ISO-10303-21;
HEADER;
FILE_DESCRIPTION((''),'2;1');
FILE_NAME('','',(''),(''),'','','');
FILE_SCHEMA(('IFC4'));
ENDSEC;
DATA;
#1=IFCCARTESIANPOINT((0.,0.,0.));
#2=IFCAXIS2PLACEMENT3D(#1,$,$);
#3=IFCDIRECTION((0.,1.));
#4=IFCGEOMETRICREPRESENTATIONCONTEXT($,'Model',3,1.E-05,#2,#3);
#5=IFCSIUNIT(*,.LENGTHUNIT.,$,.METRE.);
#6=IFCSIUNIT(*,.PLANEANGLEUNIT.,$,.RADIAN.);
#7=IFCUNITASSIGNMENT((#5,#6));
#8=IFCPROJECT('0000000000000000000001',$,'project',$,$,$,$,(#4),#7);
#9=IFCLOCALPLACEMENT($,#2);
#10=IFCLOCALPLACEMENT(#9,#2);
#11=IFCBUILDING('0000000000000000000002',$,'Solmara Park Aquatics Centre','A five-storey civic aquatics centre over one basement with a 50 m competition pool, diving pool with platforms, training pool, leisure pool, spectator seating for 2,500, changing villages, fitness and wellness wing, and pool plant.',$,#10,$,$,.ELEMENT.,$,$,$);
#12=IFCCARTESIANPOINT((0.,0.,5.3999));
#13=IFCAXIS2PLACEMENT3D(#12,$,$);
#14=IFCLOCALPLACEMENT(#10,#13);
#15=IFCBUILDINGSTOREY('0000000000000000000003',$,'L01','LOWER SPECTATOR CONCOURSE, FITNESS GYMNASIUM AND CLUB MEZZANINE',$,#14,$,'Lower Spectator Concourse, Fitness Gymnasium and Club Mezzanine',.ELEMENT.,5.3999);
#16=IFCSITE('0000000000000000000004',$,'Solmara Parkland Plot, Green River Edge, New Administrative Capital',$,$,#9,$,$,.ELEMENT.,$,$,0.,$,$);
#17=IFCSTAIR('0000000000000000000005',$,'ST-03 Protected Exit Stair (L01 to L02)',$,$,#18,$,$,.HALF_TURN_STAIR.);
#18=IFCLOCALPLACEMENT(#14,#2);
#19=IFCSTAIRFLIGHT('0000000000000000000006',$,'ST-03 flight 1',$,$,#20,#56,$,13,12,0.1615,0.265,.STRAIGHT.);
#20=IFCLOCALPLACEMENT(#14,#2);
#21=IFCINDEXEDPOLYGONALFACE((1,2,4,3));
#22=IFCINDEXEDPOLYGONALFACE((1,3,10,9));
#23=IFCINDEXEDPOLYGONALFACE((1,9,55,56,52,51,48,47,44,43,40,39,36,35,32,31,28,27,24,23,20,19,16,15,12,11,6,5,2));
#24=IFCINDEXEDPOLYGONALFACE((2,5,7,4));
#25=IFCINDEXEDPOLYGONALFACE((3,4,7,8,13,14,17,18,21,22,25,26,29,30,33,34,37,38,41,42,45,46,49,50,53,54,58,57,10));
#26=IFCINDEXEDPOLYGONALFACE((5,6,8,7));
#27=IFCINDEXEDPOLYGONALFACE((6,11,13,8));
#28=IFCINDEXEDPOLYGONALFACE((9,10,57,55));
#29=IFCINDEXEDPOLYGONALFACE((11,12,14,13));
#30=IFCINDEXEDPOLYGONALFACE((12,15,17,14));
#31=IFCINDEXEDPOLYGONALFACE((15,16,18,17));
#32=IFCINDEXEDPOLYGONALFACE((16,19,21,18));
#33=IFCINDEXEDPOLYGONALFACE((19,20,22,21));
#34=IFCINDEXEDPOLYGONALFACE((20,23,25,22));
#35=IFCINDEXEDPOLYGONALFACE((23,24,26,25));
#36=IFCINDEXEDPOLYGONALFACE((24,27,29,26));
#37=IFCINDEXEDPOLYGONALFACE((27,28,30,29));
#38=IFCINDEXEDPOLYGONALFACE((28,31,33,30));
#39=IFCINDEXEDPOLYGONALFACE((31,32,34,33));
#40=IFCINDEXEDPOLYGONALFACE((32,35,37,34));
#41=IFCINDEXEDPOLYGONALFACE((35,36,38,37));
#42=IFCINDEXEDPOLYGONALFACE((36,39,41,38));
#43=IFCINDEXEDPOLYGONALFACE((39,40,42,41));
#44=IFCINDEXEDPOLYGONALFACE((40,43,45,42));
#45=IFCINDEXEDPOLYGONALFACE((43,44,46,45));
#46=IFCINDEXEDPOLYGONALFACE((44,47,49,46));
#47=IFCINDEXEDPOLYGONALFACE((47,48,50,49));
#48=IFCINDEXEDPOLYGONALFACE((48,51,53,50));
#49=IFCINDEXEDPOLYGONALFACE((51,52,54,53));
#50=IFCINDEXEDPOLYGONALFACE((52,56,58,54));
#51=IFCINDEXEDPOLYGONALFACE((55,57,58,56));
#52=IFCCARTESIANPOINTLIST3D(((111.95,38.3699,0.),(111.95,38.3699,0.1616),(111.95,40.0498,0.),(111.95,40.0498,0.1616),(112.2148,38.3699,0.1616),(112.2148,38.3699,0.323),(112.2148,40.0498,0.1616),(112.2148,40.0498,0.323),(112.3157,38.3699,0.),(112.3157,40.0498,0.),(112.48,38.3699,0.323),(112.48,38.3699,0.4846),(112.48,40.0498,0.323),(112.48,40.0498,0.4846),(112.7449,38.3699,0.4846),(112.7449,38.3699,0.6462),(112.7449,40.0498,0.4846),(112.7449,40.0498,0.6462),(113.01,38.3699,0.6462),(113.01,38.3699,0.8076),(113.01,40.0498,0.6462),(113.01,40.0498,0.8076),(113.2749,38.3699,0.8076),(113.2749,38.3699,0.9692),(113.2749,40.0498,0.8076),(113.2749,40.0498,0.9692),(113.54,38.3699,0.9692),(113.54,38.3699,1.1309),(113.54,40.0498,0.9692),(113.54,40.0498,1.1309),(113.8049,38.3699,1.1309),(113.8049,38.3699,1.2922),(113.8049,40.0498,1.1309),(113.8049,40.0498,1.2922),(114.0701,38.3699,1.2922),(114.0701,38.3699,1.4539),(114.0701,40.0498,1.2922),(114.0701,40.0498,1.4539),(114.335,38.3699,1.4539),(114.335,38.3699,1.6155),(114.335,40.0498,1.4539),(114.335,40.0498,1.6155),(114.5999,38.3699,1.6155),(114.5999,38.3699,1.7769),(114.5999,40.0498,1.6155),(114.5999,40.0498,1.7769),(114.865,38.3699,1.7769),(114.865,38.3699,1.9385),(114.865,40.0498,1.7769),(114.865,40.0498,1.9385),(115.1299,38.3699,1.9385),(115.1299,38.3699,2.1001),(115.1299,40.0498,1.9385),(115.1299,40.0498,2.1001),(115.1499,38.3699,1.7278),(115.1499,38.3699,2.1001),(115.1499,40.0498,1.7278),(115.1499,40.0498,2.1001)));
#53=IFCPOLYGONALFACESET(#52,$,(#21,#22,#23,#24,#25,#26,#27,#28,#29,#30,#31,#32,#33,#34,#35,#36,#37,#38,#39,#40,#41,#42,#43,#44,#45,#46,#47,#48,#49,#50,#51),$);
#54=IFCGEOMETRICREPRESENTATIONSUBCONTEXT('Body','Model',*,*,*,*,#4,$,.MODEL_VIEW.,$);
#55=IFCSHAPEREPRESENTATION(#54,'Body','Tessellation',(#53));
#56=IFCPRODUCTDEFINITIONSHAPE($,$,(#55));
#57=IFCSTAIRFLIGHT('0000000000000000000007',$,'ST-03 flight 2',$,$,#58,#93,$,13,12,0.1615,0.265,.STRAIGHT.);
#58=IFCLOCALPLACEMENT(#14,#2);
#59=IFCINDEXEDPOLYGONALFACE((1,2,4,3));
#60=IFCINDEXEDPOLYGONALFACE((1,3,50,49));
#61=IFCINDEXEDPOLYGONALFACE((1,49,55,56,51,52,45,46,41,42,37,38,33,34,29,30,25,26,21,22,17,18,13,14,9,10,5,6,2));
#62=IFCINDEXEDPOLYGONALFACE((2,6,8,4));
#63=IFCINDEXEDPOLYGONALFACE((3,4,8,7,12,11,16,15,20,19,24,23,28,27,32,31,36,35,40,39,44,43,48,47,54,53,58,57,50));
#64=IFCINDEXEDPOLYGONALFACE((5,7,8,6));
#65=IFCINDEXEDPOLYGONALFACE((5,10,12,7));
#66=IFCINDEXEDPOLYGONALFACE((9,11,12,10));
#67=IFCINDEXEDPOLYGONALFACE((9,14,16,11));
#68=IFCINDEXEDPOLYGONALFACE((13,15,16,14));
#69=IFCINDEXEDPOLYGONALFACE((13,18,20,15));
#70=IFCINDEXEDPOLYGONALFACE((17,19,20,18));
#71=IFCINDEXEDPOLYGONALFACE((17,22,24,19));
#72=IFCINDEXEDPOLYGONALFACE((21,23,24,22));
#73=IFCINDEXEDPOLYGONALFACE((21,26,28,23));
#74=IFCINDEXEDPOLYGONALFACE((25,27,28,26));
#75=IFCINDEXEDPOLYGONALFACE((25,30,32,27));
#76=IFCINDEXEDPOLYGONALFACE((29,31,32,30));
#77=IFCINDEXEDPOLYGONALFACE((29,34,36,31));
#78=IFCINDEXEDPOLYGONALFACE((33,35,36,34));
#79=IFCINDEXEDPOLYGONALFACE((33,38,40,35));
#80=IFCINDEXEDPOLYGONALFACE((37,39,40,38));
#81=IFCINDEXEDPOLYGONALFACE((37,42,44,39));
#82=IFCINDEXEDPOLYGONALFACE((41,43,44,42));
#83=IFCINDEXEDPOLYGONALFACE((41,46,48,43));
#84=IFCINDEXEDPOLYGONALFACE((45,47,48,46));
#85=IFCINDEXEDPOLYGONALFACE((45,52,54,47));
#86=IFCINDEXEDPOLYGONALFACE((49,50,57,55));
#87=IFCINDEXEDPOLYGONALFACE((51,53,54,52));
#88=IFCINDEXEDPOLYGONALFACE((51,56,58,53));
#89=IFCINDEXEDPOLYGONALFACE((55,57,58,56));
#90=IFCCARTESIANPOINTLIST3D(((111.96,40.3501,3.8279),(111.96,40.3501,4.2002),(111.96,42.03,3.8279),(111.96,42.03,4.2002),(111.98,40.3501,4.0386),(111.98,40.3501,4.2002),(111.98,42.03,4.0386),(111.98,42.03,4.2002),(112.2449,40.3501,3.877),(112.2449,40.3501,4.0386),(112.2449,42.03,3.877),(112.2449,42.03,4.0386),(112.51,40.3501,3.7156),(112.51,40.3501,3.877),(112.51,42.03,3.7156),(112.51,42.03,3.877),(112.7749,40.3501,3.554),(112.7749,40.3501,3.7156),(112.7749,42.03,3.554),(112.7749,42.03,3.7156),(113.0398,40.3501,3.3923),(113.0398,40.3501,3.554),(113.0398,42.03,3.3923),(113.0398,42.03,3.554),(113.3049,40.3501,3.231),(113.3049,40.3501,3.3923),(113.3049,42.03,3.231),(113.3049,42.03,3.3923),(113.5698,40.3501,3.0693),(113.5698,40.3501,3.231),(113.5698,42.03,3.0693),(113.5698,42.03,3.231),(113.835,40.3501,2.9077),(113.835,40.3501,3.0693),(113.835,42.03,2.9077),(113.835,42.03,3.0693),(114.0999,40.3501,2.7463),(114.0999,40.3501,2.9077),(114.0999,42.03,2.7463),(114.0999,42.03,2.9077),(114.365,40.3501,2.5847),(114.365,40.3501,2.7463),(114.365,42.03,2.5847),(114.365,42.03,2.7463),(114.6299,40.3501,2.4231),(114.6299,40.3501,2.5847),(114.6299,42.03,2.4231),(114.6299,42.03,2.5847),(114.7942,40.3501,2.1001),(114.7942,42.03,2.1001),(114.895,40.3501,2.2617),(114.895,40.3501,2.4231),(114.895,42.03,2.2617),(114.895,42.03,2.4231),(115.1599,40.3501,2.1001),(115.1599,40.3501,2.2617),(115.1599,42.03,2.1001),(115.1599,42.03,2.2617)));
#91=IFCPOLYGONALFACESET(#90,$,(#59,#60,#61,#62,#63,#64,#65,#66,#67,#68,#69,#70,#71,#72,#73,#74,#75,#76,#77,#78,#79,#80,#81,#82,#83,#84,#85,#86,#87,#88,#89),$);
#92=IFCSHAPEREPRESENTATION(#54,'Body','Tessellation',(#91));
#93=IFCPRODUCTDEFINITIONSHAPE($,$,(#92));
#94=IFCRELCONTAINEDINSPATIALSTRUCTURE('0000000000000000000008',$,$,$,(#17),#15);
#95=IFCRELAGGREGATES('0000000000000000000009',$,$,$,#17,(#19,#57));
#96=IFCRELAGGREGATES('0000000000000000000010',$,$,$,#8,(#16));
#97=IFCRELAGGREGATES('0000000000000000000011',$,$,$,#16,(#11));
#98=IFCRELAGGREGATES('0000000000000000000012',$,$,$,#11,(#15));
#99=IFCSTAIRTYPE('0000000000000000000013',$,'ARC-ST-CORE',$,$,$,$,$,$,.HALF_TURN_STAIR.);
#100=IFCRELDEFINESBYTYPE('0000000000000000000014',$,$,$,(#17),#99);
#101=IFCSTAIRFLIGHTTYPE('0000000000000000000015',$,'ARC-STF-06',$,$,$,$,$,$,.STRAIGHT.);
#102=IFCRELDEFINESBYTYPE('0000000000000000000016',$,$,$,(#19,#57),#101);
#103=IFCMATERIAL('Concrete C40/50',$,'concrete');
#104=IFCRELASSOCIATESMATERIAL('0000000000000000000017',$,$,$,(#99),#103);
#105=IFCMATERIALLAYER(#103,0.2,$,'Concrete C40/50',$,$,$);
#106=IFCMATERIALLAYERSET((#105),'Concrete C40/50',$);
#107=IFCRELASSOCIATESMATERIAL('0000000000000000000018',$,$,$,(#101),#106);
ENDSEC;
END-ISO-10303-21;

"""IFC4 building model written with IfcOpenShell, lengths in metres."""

from ifc_helpers import new_model, si_unit, direction, frame, origin, place, context, subcontext, project, spatial, polyline, outline, extrude, material, layer, layer_set, type_object, element, aggregate, save


model = new_model("IFC4")

# Units and contexts
model_context = context("Model", 3, precision=1e-05, world=origin(), true_north=direction((0.0, 1.0)))
body_context = subcontext(model_context, "Body", "Model", "MODEL_VIEW")
ifc_project = project(units=[si_unit("LENGTHUNIT", "METRE"), si_unit("PLANEANGLEUNIT", "RADIAN")], contexts=[model_context])

# Site, building, storey
site_placement = place(None, origin())
site = spatial("IfcSite", under=ifc_project, at=site_placement, Name="Solmara Parkland Plot, Green River Edge, New Administrative Capital", CompositionType="ELEMENT", RefElevation=0.0)
building_placement = place(site_placement, origin())
building = spatial("IfcBuilding", under=site, at=building_placement, Name="Solmara Park Aquatics Centre", Description="A five-storey civic aquatics centre over one basement with a 50 m competition pool, diving pool with platforms, training pool, leisure pool, spectator seating for 2,500, changing villages, fitness and wellness wing, and pool plant.", CompositionType="ELEMENT")
storey_placement = place(building_placement, frame((0.0, 0.0, 5.3999)))
storey = spatial("IfcBuildingStorey", under=building, at=storey_placement, Name="L01", Description="LOWER SPECTATOR CONCOURSE, FITNESS GYMNASIUM AND CLUB MEZZANINE", LongName="Lower Spectator Concourse, Fitness Gymnasium and Club Mezzanine", CompositionType="ELEMENT", Elevation=5.3999)

# Stair, stair flights
ifc_material_1 = material(Name="Concrete C40/50", Category="concrete")
stair_type = type_object("IfcStairType", Name="ARC-ST-CORE", PredefinedType="HALF_TURN_STAIR", material=ifc_material_1)
stair_placement = place(storey_placement, origin())
stair = element("IfcStair", 1, at=stair_placement, inside=storey, type_object=stair_type, Name="ST-03 Protected Exit Stair (L01 to L02)", PredefinedType="HALF_TURN_STAIR")
ifc_layer_1 = layer(ifc_material_1, 0.2, Name="Concrete C40/50")
ifc_layer_set_1 = layer_set([ifc_layer_1], Name="Concrete C40/50")
stair_flight_type = type_object("IfcStairFlightType", Name="ARC-STF-06", PredefinedType="STRAIGHT", material=ifc_layer_set_1)
stair_flight_1_placement = place(storey_placement, frame((111.95, 39.21, 0.0), z_axis=(0.0, 0.0, 1.0), x_axis=(1.0, 0.0, 0.0)))
stair_flight_1 = element("IfcStairFlight", 2, at=stair_flight_1_placement, type_object=stair_flight_type, Name="ST-03 flight 1", NumberOfRisers=13, NumberOfTreads=12, PredefinedType="STRAIGHT", RiserHeight=0.1615, TreadLength=0.265, context=body_context, shape_type="SweptSolid", body=[
    extrude(outline(polyline([(0.0, 0.0), (0.0, 0.1616), (0.2649, 0.1616), (0.2649, 0.323), (0.53, 0.323), (0.53, 0.4846), (0.7949, 0.4846), (0.7949, 0.6462), (1.0601, 0.6462), (1.0601, 0.8076), (1.325, 0.8076), (1.325, 0.9692), (1.5901, 0.9692), (1.5901, 1.1309), (1.855, 1.1309), (1.855, 1.2922), (2.1201, 1.2922), (2.1201, 1.4539), (2.385, 1.4539), (2.385, 1.6155), (2.6499, 1.6155), (2.6499, 1.7769), (2.915, 1.7769), (2.915, 1.9385), (3.1799, 1.9385), (3.1799, 2.1001), (3.2, 2.1001), (3.2, 1.7278), (0.3657, 0.0), (0.0, 0.0)])), frame((0.0, 0.8398, 0.0), z_axis=(0.0, -1.0, 0.0), x_axis=(1.0, 0.0, 0.0)), (0.0, 0.0, 1.0), 1.6799),
])
stair_flight_2_placement = place(storey_placement, frame((115.1599, 41.1899, 2.1001), z_axis=(0.0, 0.0, 1.0), x_axis=(-1.0, 0.0, 0.0)))
stair_flight_2 = element("IfcStairFlight", 3, at=stair_flight_2_placement, type_object=stair_flight_type, Name="ST-03 flight 2", NumberOfRisers=13, NumberOfTreads=12, PredefinedType="STRAIGHT", RiserHeight=0.1615, TreadLength=0.265, context=body_context, shape_type="SweptSolid", body=[
    extrude(outline(polyline([(0.0, 0.0), (0.0, 0.1616), (0.2649, 0.1616), (0.2649, 0.323), (0.53, 0.323), (0.53, 0.4846), (0.7949, 0.4846), (0.7949, 0.6462), (1.0601, 0.6462), (1.0601, 0.8076), (1.325, 0.8076), (1.325, 0.9692), (1.5901, 0.9692), (1.5901, 1.1309), (1.855, 1.1309), (1.855, 1.2922), (2.1201, 1.2922), (2.1201, 1.4539), (2.385, 1.4539), (2.385, 1.6155), (2.6499, 1.6155), (2.6499, 1.7769), (2.915, 1.7769), (2.915, 1.9385), (3.1799, 1.9385), (3.1799, 2.1001), (3.2, 2.1001), (3.2, 1.7278), (0.3657, 0.0), (0.0, 0.0)])), frame((0.0, 0.8398, 0.0), z_axis=(0.0, -1.0, 0.0), x_axis=(1.0, 0.0, 0.0)), (0.0, 0.0, 1.0), 1.6799),
])
aggregate(stair, [stair_flight_1, stair_flight_2])

save(model, "model.ifc")
